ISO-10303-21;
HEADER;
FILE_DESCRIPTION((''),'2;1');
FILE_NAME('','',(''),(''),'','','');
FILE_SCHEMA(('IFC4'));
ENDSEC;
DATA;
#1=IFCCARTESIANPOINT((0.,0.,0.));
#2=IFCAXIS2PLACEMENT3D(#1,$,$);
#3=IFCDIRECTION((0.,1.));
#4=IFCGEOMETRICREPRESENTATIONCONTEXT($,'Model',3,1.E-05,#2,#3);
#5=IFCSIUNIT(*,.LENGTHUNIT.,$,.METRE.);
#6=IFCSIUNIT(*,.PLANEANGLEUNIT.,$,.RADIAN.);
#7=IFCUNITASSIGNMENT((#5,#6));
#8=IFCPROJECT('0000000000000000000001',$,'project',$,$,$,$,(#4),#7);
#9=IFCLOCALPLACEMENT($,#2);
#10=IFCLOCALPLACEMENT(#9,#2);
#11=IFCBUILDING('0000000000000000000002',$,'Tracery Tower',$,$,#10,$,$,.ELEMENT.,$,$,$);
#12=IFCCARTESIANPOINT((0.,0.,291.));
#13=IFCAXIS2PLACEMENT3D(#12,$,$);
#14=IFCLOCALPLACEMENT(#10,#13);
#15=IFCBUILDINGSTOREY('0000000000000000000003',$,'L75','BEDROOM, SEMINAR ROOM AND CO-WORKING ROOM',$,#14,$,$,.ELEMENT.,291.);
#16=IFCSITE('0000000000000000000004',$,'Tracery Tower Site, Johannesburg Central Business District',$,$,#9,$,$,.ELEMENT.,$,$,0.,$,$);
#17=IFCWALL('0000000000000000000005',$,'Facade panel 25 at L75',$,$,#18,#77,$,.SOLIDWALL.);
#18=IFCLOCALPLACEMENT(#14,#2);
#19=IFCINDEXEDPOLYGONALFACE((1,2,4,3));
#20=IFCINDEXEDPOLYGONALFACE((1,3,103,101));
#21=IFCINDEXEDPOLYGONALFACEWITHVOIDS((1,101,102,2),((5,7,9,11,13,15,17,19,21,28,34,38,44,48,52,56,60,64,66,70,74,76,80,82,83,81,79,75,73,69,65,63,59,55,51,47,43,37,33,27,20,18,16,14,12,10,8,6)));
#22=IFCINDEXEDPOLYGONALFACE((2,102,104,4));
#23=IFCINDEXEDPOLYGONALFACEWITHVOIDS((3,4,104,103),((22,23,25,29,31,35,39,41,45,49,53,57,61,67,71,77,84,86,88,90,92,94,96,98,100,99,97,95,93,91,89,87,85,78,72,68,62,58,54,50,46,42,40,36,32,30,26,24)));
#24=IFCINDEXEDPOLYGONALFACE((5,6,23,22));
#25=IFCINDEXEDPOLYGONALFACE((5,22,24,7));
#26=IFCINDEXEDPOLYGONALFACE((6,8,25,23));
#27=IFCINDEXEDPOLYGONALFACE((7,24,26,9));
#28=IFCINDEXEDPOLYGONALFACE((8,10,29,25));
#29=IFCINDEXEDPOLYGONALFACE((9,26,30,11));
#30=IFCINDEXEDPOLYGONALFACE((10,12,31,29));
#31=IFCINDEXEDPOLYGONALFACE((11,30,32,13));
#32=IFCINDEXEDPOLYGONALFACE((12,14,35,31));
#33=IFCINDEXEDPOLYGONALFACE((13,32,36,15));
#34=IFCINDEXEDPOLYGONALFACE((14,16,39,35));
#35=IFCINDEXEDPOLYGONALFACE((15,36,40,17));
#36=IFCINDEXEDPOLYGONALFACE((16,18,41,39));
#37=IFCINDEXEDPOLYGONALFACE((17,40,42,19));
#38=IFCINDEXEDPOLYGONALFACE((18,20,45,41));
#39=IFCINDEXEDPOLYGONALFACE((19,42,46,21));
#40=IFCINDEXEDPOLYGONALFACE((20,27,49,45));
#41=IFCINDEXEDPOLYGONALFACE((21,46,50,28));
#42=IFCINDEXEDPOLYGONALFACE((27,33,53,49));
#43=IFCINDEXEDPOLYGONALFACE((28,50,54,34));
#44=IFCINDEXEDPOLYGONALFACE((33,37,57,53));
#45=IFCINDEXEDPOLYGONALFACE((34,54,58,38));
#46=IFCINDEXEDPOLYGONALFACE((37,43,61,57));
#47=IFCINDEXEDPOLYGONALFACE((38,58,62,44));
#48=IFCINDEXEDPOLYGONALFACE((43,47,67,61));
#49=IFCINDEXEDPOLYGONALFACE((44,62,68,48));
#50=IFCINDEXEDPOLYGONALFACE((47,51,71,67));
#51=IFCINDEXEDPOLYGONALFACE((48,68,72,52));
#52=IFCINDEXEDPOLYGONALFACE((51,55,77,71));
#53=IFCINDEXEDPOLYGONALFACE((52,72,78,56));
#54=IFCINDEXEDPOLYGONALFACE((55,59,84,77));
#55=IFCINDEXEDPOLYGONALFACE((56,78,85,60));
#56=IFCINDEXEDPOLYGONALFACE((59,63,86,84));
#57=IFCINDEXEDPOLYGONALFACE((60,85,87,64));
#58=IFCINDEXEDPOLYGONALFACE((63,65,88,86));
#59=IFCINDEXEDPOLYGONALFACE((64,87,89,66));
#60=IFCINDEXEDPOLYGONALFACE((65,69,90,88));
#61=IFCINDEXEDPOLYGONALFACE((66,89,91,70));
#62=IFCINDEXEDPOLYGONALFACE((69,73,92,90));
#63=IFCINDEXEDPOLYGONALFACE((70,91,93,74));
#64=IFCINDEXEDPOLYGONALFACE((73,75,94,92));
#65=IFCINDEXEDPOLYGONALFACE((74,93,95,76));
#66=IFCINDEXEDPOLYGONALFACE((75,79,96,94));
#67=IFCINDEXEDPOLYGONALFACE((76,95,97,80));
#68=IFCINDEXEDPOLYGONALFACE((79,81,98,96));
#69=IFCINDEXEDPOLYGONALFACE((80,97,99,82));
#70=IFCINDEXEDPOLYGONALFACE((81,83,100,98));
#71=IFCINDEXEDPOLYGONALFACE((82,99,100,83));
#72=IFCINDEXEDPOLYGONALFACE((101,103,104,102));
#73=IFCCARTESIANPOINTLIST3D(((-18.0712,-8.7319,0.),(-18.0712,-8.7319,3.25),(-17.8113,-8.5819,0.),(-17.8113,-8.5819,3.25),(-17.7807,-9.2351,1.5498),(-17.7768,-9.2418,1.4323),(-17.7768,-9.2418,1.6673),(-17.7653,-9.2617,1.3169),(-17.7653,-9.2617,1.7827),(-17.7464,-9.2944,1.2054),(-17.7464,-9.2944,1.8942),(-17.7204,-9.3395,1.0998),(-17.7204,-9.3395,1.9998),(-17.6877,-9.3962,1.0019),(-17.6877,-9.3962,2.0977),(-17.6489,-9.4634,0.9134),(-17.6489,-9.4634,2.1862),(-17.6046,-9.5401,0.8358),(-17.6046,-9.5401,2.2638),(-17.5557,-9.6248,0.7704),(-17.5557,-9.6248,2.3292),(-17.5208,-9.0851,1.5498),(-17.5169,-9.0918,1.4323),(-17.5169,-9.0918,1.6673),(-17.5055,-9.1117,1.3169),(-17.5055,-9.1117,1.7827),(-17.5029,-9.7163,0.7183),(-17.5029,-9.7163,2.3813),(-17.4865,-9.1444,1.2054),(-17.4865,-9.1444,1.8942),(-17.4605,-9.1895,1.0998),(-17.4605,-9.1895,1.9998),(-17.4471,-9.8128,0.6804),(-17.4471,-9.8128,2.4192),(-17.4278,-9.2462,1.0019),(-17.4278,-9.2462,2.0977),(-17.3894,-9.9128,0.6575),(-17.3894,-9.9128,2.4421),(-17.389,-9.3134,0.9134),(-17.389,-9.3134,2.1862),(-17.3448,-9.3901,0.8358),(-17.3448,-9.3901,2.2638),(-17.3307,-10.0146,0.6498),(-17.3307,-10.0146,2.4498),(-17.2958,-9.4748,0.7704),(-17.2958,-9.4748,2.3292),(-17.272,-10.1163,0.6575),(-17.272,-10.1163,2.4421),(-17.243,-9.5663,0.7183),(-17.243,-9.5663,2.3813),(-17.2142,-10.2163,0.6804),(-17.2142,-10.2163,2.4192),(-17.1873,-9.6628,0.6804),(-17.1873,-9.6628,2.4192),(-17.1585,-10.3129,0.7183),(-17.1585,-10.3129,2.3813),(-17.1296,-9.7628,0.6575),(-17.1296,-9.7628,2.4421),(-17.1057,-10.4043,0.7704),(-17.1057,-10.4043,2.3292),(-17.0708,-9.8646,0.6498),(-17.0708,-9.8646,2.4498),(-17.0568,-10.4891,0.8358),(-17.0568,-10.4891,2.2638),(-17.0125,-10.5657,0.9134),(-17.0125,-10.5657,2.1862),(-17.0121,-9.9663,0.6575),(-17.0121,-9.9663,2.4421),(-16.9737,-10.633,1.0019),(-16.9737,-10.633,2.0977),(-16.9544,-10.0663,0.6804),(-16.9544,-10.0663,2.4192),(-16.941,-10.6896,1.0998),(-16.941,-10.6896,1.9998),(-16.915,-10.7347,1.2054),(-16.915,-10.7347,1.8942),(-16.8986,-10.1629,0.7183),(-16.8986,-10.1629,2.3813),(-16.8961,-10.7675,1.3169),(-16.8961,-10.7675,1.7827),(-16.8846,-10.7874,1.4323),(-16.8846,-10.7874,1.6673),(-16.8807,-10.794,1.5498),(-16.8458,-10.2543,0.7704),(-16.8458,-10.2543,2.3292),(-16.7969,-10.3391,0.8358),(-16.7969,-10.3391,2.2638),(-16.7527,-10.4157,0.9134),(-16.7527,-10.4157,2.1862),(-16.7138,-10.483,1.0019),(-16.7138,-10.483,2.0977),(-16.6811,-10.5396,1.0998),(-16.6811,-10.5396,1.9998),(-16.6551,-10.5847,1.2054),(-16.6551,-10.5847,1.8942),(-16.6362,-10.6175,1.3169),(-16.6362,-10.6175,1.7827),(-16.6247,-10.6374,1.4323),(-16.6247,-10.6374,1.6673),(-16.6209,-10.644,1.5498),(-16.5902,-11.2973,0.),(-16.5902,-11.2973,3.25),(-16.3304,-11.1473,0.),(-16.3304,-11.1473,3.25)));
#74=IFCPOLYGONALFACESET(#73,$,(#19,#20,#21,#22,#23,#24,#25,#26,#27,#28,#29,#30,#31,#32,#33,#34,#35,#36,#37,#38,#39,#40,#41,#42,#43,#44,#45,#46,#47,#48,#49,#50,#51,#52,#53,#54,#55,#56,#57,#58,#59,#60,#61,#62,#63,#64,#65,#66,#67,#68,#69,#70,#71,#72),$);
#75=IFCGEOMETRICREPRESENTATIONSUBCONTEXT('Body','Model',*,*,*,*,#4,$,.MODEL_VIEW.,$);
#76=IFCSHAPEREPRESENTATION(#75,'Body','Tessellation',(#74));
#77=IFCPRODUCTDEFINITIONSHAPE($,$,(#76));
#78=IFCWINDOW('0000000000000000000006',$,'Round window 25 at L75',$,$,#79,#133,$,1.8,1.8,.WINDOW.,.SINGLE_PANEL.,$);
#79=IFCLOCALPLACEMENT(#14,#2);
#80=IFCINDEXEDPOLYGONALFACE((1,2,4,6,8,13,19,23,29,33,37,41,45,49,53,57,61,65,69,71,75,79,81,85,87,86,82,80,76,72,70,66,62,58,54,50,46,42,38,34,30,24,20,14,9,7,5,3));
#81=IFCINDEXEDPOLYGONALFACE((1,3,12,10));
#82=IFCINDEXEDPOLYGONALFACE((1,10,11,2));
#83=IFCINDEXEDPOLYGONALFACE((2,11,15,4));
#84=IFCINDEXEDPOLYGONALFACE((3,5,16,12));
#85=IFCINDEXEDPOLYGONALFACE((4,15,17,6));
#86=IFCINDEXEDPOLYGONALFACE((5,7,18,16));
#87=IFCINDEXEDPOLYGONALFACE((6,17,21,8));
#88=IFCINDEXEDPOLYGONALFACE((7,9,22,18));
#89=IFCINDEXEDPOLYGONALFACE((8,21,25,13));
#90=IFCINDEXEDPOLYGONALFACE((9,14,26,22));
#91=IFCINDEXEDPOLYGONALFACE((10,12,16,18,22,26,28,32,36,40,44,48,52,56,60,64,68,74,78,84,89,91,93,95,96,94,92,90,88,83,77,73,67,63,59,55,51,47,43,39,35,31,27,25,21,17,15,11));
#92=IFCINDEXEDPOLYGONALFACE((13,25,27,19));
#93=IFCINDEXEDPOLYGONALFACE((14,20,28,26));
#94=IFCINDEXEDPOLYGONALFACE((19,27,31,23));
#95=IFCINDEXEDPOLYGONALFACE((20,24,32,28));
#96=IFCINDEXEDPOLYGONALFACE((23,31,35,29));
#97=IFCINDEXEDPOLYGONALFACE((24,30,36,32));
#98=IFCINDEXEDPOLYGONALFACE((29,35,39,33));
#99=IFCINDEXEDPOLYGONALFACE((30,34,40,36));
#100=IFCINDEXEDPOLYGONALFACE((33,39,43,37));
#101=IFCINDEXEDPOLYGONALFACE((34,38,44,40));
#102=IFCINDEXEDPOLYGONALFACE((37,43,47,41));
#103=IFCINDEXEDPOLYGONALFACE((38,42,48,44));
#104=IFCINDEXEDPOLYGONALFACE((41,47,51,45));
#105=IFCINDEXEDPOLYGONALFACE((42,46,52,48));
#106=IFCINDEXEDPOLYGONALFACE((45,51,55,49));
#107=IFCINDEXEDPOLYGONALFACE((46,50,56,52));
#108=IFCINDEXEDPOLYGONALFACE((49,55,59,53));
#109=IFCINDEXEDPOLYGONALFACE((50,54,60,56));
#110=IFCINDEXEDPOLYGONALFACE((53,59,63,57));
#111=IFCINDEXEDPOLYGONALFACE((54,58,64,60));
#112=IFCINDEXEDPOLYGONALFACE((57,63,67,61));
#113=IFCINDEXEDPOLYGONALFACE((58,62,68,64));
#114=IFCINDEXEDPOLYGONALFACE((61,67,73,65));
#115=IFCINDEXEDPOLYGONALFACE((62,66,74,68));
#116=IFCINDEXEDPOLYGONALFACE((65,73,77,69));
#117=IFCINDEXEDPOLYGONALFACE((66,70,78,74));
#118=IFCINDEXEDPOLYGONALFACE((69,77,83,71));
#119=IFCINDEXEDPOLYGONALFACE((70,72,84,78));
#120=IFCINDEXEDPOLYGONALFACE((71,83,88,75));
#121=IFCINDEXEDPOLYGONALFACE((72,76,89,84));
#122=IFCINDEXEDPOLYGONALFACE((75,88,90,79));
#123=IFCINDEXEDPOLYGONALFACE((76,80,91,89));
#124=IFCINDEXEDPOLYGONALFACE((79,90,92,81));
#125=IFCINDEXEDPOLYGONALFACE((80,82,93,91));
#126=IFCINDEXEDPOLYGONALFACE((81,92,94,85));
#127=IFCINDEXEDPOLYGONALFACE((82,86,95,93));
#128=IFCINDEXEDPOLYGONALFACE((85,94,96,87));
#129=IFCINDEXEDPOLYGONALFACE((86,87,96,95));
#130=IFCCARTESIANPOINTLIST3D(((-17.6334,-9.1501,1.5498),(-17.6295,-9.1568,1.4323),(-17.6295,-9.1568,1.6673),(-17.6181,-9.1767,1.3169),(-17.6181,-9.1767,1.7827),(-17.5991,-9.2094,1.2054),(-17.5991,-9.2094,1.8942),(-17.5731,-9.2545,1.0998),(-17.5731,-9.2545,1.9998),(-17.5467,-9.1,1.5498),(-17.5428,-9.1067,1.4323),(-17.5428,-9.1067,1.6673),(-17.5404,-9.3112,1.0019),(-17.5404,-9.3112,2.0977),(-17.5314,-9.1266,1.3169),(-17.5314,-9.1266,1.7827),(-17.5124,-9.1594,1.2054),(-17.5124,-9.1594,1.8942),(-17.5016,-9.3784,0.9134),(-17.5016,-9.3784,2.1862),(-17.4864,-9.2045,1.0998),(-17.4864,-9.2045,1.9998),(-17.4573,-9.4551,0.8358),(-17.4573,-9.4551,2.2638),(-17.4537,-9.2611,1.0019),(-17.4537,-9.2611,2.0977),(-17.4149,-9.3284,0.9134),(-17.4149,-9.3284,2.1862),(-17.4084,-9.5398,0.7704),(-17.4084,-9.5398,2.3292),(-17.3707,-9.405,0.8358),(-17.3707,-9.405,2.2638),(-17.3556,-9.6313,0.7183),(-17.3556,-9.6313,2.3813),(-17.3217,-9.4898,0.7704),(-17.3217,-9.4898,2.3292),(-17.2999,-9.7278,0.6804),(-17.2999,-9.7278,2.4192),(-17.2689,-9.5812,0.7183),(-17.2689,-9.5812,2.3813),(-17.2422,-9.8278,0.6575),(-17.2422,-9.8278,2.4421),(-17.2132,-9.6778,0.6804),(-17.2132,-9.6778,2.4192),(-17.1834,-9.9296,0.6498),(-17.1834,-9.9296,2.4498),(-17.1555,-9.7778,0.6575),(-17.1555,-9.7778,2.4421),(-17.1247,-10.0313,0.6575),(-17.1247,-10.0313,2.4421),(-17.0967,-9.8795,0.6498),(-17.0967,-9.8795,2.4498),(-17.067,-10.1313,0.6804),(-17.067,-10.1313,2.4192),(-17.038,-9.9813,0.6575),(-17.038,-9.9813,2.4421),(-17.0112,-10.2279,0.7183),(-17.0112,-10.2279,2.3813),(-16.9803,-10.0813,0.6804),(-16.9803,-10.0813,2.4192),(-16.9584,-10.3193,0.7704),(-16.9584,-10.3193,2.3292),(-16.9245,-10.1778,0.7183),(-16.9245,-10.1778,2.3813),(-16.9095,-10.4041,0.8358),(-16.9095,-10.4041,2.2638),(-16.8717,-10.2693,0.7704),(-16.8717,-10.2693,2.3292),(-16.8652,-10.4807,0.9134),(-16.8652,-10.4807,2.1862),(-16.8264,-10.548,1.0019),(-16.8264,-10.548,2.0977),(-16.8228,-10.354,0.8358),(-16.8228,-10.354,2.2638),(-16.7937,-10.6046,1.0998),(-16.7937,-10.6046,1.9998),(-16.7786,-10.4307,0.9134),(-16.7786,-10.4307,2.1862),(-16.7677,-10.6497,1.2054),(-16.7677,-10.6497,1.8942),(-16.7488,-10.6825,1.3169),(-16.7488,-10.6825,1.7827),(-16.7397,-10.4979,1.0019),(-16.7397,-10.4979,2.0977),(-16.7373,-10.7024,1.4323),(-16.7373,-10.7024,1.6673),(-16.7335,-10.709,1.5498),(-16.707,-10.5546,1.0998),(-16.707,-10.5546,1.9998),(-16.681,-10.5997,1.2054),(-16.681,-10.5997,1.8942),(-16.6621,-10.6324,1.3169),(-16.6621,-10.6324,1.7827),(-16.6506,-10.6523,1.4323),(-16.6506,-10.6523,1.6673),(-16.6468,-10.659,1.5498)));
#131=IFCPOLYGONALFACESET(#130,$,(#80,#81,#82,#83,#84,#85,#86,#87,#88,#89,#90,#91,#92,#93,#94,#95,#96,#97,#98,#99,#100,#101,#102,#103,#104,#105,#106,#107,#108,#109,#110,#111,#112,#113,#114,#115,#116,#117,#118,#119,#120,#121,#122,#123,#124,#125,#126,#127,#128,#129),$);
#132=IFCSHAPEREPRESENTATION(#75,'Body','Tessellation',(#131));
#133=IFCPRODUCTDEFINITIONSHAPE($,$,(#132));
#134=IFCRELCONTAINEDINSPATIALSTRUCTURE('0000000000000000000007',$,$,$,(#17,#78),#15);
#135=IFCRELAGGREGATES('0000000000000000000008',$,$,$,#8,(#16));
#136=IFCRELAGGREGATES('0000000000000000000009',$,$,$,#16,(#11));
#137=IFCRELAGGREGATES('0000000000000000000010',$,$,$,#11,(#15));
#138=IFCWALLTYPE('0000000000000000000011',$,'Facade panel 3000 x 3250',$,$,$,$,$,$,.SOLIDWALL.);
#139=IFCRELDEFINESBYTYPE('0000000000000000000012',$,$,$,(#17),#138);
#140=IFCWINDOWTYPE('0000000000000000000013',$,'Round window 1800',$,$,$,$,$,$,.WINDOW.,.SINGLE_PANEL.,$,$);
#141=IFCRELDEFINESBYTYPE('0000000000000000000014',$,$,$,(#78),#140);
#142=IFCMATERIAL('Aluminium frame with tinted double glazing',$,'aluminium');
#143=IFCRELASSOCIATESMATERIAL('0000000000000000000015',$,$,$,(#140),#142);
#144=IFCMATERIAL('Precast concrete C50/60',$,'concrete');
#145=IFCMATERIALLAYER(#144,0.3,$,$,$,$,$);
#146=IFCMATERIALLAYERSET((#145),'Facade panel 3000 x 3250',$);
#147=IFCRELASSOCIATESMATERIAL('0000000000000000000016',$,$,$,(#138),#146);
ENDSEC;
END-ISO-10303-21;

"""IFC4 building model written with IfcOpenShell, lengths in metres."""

from ifc_helpers import new_model, si_unit, direction, frame, frame_2d, origin, origin_2d, place, context, subcontext, project, spatial, rectangle, circle, extrude, material, layer, layer_set, type_object, element, fill, save


model = new_model("IFC4")

# Units and contexts
model_context = context("Model", 3, precision=1e-05, world=origin(), true_north=direction((0.0, 1.0)))
body_context = subcontext(model_context, "Body", "Model", "MODEL_VIEW")
ifc_project = project(units=[si_unit("LENGTHUNIT", "METRE"), si_unit("PLANEANGLEUNIT", "RADIAN")], contexts=[model_context])

# Site, building, storey
site_placement = place(None, origin())
site = spatial("IfcSite", under=ifc_project, at=site_placement, Name="Tracery Tower Site, Johannesburg Central Business District", CompositionType="ELEMENT", RefElevation=0.0)
building_placement = place(site_placement, origin())
building = spatial("IfcBuilding", under=site, at=building_placement, Name="Tracery Tower", CompositionType="ELEMENT")
storey_placement = place(building_placement, frame((0.0, 0.0, 291.0)))
storey = spatial("IfcBuildingStorey", under=building, at=storey_placement, Name="L75", Description="BEDROOM, SEMINAR ROOM AND CO-WORKING ROOM", CompositionType="ELEMENT", Elevation=291.0)

# Wall, opening, window
ifc_material_1 = material(Name="Aluminium frame with tinted double glazing", Category="aluminium")
window_type = type_object("IfcWindowType", Name="Round window 1800", PartitioningType="SINGLE_PANEL", PredefinedType="WINDOW", material=ifc_material_1)
ifc_material_2 = material(Name="Precast concrete C50/60", Category="concrete")
ifc_layer_1 = layer(ifc_material_2, 0.3)
ifc_layer_set_1 = layer_set([ifc_layer_1], Name="Facade panel 3000 x 3250")
wall_type_1 = type_object("IfcWallType", Name="Facade panel 3000 x 3250", PredefinedType="SOLIDWALL", material=ifc_layer_set_1)
wall_1_placement = place(storey_placement, frame((-17.9412, -8.657, 0.0), z_axis=(0.0, 0.0, 1.0), x_axis=(0.499951, -0.866054, 0.0)))
wall_1 = element("IfcWall", 1, at=wall_1_placement, inside=storey, type_object=wall_type_1, Name="Facade panel 25 at L75", PredefinedType="SOLIDWALL", context=body_context, shape_type="SweptSolid", body=[
    extrude(rectangle(XDim=2.9622, YDim=0.3, at=frame_2d((1.481, 0.0))), origin(), (0.0, 0.0, 1.0), 3.25),
])
opening_1_placement = place(wall_1_placement, frame((1.481, 0.0, 1.5498)))
opening_1 = element("IfcOpeningElement", 2, at=opening_1_placement, cuts=wall_1, PredefinedType="OPENING", context=body_context, shape_type="SweptSolid", body=[
    extrude(circle(Radius=0.9, at=origin_2d()), frame((0.0, 0.1599, 0.0), z_axis=(0.0, -1.0, 0.0), x_axis=(1.0, 0.0, 0.0)), (0.0, 0.0, 1.0), 0.3201),
])
window_1_placement = place(opening_1_placement, origin())
window_1 = element("IfcWindow", 3, at=window_1_placement, inside=storey, type_object=window_type, Name="Round window 25 at L75", OverallHeight=1.8, OverallWidth=1.8, PartitioningType="SINGLE_PANEL", PredefinedType="WINDOW", context=body_context, shape_type="SweptSolid", body=[
    extrude(circle(Radius=0.9, at=origin_2d()), frame((0.0, 0.1201, 0.0), z_axis=(0.0, -1.0, 0.0), x_axis=(1.0, 0.0, 0.0)), (0.0, 0.0, 1.0), 0.1001),
])
fill(opening_1, window_1)

save(model, "model.ifc")
